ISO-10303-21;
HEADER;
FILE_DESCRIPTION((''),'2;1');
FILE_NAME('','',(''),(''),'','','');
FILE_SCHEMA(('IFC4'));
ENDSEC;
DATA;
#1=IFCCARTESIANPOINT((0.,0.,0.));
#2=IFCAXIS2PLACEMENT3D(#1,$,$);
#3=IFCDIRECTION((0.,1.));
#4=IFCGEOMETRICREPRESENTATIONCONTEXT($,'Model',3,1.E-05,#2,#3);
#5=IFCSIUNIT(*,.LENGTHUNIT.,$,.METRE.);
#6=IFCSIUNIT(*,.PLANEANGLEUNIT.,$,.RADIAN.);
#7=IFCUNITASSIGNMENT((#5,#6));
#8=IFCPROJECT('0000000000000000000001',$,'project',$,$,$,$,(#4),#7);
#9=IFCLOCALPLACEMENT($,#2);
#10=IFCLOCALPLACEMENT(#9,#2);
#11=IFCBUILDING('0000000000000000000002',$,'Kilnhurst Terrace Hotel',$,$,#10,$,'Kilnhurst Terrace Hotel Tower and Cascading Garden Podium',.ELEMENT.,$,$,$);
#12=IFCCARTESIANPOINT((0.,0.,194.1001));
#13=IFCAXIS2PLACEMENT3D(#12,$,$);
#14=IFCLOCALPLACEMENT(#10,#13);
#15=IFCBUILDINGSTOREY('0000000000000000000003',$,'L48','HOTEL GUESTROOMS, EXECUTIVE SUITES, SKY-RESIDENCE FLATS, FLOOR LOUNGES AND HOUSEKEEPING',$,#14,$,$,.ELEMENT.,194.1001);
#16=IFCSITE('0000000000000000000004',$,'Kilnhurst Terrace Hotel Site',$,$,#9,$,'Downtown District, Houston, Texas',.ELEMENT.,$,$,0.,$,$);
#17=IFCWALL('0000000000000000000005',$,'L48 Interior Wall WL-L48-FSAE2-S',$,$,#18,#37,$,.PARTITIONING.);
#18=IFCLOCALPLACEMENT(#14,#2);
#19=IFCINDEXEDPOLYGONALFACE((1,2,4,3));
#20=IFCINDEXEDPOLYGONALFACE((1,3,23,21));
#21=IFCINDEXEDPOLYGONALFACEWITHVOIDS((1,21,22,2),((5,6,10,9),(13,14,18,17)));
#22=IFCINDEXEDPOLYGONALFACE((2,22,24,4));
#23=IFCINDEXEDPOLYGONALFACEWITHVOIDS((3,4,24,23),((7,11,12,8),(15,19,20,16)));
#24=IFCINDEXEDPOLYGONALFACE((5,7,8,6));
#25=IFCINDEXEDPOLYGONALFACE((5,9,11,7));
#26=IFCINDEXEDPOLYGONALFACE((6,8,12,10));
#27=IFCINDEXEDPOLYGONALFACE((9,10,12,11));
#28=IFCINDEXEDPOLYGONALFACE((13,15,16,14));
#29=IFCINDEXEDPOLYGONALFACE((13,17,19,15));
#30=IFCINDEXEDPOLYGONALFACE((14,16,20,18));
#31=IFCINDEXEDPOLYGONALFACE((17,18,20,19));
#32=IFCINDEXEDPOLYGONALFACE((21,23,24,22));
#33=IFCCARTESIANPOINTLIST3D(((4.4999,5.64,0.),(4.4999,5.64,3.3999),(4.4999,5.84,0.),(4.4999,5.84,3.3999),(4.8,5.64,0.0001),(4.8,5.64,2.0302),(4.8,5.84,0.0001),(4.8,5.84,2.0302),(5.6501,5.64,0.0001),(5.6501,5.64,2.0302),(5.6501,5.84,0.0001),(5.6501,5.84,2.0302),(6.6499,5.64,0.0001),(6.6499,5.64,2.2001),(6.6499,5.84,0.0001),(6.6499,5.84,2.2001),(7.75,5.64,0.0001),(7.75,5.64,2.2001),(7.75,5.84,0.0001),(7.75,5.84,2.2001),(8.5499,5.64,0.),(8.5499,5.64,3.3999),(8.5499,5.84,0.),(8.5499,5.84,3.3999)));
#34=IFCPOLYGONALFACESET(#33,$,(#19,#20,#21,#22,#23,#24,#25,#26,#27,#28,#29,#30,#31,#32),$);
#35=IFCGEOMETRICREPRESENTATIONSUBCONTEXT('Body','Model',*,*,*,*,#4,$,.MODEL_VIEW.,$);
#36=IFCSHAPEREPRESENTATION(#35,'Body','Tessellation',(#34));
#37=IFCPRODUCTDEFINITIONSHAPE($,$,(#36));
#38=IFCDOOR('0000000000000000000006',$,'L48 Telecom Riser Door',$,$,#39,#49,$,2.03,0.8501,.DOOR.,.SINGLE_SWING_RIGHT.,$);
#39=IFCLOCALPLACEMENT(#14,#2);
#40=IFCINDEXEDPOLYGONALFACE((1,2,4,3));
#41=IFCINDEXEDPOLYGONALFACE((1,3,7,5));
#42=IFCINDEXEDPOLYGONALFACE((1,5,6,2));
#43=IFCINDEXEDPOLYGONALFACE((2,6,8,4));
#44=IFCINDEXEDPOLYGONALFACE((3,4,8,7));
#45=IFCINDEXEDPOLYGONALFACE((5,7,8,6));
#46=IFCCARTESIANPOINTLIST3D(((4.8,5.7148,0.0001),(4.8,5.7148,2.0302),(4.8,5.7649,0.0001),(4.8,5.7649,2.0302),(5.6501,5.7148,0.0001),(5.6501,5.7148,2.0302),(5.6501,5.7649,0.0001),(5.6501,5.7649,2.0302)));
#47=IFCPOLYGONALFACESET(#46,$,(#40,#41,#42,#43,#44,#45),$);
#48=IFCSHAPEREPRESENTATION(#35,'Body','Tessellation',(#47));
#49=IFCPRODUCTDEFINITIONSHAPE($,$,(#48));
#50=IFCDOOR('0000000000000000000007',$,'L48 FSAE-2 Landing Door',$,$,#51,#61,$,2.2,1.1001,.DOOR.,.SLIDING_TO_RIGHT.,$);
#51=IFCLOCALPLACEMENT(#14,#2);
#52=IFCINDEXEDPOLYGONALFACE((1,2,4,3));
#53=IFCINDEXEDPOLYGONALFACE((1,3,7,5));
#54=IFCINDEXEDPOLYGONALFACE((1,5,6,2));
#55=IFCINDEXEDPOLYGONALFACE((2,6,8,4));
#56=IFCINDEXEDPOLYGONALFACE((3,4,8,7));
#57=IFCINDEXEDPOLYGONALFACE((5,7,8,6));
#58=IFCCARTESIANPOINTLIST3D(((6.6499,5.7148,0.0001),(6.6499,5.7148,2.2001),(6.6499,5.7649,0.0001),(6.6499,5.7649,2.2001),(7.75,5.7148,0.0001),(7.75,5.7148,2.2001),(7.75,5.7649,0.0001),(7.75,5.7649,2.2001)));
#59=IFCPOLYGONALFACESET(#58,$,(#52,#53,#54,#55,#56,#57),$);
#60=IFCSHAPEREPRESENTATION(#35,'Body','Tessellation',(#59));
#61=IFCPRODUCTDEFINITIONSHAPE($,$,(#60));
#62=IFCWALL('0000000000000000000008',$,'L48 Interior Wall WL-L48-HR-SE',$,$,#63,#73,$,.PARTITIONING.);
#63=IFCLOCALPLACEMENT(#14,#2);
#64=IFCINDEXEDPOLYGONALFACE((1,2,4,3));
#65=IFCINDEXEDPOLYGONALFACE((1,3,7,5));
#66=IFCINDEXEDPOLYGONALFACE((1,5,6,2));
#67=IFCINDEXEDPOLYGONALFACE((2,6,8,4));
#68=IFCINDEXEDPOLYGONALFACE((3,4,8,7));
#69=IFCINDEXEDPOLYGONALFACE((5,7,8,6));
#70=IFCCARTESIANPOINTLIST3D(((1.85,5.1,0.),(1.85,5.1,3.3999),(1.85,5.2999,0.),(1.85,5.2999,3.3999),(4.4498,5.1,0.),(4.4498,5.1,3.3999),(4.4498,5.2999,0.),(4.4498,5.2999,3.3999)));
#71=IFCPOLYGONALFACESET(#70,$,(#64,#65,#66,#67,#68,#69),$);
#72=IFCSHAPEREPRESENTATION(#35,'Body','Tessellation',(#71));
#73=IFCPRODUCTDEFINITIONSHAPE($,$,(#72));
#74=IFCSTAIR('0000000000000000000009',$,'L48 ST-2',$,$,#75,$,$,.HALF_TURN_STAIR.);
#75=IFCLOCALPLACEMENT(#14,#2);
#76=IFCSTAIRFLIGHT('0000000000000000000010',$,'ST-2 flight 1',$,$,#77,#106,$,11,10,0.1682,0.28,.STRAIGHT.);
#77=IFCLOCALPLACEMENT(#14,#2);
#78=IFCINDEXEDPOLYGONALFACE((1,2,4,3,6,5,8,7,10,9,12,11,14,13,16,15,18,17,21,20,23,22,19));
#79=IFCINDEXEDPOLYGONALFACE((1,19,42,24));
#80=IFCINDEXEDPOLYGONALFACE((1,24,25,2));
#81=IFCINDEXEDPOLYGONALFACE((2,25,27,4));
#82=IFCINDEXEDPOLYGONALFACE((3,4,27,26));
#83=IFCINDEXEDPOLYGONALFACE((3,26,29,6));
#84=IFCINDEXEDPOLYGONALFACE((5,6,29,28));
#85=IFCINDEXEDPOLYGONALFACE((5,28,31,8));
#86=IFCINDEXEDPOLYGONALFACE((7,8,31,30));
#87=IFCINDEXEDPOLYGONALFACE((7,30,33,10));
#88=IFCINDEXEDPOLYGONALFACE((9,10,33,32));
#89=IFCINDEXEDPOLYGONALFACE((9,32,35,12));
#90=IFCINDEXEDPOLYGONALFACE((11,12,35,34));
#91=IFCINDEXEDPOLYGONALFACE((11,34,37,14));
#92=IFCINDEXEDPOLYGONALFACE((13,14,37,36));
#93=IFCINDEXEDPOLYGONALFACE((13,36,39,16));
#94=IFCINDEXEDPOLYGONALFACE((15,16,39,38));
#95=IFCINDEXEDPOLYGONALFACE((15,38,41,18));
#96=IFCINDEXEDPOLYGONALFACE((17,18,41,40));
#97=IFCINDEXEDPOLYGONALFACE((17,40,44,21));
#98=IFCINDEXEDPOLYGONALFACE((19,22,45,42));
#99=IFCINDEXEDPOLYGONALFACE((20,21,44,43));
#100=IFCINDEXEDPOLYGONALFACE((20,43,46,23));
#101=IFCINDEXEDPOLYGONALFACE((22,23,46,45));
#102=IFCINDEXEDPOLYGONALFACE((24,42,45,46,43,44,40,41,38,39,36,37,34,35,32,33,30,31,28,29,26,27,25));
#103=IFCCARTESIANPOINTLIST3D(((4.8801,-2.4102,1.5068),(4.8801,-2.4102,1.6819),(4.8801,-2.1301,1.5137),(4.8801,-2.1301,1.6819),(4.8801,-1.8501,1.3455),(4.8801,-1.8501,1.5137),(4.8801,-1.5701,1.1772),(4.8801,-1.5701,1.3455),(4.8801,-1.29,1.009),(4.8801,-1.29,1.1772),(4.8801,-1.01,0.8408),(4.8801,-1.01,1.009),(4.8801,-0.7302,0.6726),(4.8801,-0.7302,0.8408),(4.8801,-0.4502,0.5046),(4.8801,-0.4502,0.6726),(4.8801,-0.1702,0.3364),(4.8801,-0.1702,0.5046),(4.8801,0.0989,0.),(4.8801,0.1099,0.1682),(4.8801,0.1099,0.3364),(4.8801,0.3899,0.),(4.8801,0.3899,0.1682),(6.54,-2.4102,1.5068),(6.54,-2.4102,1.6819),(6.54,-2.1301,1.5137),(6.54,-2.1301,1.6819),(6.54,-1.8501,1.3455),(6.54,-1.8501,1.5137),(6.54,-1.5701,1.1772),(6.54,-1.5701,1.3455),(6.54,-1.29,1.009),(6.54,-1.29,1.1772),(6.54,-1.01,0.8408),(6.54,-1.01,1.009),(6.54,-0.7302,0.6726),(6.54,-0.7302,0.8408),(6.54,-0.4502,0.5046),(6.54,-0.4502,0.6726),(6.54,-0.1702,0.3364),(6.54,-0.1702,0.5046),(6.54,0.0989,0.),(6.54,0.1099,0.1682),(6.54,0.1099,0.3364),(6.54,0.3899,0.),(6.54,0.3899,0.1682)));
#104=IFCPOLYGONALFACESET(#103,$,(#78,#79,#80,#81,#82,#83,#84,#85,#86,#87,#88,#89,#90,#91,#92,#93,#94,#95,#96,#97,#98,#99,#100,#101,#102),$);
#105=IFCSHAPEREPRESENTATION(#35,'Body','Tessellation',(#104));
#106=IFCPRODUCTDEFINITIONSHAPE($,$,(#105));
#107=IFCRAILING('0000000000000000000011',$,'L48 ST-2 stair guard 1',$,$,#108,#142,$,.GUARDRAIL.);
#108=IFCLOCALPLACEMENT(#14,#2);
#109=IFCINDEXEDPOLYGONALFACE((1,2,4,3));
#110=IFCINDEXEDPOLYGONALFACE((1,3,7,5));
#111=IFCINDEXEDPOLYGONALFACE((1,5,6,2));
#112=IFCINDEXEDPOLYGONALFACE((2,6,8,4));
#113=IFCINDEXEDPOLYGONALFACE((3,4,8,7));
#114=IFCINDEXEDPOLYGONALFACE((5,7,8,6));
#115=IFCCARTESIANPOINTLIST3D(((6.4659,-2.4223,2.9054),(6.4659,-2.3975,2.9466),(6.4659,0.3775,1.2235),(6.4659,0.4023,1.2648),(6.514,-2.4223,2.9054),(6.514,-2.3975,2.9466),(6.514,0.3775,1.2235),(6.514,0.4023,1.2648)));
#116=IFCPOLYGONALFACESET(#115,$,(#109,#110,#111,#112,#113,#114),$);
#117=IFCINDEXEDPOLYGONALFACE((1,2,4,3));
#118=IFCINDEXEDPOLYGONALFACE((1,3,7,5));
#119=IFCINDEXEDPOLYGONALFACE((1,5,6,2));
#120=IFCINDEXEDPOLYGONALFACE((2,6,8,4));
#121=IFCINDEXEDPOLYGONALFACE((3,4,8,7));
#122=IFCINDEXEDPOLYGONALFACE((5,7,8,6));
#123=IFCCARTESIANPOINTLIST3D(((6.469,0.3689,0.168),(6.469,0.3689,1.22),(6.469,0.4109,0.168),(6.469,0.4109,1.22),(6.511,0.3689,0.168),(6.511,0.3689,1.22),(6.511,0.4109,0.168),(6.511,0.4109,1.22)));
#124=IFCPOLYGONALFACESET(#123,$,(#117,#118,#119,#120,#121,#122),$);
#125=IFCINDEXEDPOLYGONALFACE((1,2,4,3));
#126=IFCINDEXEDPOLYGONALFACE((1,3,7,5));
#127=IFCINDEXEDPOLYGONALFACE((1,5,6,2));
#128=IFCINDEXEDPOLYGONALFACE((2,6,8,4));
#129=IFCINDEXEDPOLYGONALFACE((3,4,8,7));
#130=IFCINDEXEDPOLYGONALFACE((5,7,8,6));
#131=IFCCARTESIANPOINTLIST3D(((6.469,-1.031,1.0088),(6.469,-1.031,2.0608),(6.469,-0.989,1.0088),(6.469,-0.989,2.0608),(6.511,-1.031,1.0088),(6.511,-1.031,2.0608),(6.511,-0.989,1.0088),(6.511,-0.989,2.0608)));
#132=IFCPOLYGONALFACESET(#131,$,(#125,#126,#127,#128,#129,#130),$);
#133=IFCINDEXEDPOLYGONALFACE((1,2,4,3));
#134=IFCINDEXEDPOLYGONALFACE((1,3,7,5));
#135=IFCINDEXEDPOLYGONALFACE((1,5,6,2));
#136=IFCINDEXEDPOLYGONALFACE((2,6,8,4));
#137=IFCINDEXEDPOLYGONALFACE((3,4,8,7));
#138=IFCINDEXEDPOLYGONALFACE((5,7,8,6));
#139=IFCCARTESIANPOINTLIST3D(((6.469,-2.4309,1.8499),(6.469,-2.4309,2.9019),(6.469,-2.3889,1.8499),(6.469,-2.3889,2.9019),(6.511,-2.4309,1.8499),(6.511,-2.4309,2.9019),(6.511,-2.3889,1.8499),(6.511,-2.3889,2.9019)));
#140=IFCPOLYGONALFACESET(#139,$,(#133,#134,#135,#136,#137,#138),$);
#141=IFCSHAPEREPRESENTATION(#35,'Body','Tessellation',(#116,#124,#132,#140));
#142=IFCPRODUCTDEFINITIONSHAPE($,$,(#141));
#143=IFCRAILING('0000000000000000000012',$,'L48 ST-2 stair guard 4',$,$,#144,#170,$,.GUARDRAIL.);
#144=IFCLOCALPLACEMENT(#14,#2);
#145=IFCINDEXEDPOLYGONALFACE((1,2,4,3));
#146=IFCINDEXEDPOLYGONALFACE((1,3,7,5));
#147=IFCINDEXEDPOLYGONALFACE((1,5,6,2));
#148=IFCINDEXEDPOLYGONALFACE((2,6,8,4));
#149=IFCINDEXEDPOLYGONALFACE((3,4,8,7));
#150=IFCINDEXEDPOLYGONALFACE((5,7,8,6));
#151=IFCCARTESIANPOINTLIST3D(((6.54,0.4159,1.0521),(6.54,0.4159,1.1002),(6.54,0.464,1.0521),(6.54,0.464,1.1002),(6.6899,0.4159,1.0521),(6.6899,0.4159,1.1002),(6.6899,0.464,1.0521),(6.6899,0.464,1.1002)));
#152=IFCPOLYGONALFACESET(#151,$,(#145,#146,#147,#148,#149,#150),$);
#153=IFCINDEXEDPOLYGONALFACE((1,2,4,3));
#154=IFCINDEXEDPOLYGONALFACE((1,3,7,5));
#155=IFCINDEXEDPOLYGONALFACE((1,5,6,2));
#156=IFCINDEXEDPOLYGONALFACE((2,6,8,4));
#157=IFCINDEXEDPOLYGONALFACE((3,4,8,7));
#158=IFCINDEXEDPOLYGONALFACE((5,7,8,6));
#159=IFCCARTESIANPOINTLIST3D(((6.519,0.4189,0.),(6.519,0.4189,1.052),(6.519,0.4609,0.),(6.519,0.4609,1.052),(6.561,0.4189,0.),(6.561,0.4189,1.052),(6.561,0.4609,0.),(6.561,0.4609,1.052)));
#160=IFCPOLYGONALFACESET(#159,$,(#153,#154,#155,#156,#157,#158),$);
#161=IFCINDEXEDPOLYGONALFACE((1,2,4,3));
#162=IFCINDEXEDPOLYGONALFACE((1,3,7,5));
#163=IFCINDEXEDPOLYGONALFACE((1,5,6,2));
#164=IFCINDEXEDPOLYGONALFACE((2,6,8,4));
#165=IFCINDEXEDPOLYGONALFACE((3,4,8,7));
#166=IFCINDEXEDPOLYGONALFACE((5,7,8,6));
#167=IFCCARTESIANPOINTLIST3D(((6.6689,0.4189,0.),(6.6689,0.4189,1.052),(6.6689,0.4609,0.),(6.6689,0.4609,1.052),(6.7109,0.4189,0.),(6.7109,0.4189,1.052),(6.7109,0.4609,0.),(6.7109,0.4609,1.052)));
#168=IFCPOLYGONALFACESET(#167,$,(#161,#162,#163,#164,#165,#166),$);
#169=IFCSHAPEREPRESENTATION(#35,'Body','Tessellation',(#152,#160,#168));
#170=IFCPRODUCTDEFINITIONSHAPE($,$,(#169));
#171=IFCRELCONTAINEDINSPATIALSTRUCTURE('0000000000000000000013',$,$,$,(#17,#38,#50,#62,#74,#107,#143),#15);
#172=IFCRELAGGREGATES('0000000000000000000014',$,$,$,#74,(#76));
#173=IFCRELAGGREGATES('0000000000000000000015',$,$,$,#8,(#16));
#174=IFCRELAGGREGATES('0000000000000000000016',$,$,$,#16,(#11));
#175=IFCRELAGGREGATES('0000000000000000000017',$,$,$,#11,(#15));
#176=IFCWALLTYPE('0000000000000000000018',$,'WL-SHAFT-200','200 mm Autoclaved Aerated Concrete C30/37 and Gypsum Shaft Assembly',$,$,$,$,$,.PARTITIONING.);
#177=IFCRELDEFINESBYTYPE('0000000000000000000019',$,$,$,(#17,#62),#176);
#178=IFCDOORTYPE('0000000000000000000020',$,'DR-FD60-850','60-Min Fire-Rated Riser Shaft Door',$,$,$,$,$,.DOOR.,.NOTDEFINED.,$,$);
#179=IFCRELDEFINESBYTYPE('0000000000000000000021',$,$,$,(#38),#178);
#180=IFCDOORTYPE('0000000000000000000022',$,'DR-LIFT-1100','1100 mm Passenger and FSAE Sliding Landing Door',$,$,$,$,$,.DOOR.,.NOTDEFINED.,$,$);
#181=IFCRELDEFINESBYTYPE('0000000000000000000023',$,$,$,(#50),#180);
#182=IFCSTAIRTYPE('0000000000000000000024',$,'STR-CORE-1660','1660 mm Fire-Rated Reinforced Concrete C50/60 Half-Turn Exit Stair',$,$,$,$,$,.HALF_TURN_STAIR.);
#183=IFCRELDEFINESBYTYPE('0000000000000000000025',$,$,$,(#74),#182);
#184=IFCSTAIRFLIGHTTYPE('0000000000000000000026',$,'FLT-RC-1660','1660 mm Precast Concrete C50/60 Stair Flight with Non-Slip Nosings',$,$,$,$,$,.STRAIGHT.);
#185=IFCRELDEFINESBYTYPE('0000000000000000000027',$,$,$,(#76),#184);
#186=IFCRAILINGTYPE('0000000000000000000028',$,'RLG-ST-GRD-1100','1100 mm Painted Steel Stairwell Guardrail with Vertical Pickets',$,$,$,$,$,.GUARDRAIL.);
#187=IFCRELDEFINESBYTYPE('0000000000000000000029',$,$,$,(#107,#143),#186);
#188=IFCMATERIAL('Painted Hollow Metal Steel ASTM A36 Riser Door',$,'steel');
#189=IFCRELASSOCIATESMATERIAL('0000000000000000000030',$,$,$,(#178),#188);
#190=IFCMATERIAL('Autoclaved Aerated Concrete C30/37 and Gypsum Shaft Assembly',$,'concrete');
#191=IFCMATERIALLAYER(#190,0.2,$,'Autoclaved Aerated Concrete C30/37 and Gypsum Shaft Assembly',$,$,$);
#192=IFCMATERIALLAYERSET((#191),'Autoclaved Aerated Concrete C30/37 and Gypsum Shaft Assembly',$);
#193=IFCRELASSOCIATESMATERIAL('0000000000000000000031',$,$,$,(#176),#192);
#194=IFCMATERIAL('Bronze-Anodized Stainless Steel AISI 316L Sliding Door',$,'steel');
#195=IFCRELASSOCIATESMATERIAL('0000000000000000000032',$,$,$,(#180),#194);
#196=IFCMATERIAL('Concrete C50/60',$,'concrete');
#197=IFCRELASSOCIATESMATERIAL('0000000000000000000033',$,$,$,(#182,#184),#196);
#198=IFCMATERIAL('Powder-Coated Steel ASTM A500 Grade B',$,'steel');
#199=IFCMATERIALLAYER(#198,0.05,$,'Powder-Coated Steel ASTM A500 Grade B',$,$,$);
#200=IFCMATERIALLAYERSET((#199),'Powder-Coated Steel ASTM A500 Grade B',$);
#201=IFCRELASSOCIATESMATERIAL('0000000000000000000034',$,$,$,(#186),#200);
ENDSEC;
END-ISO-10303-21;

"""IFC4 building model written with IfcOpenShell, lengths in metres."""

from ifc_helpers import new_model, si_unit, direction, frame, frame_2d, origin, origin_2d, place, context, subcontext, project, spatial, polyline, rectangle, outline, extrude, material, layer, layer_set, type_object, element, fill, aggregate, save


model = new_model("IFC4")

# Units and contexts
model_context = context("Model", 3, precision=1e-05, world=origin(), true_north=direction((0.0, 1.0)))
body_context = subcontext(model_context, "Body", "Model", "MODEL_VIEW")
ifc_project = project(units=[si_unit("LENGTHUNIT", "METRE"), si_unit("PLANEANGLEUNIT", "RADIAN")], contexts=[model_context])

# Site, building, storey
site_placement = place(None, origin())
site = spatial("IfcSite", under=ifc_project, at=site_placement, Name="Kilnhurst Terrace Hotel Site", LongName="Downtown District, Houston, Texas", CompositionType="ELEMENT", RefElevation=0.0)
building_placement = place(site_placement, origin())
building = spatial("IfcBuilding", under=site, at=building_placement, Name="Kilnhurst Terrace Hotel", LongName="Kilnhurst Terrace Hotel Tower and Cascading Garden Podium", CompositionType="ELEMENT")
storey_placement = place(building_placement, frame((0.0, 0.0, 194.1001)))
storey = spatial("IfcBuildingStorey", under=building, at=storey_placement, Name="L48", Description="HOTEL GUESTROOMS, EXECUTIVE SUITES, SKY-RESIDENCE FLATS, FLOOR LOUNGES AND HOUSEKEEPING", CompositionType="ELEMENT", Elevation=194.1001)

# Shared definitions
ifc_material_1 = material(Name="Painted Hollow Metal Steel ASTM A36 Riser Door", Category="steel")
door_type_1 = type_object("IfcDoorType", Name="DR-FD60-850", Description="60-Min Fire-Rated Riser Shaft Door", OperationType="NOTDEFINED", PredefinedType="DOOR", material=ifc_material_1)

# Wall, openings, doors
ifc_material_2 = material(Name="Autoclaved Aerated Concrete C30/37 and Gypsum Shaft Assembly", Category="concrete")
ifc_layer_1 = layer(ifc_material_2, 0.2, Name="Autoclaved Aerated Concrete C30/37 and Gypsum Shaft Assembly")
ifc_layer_set_1 = layer_set([ifc_layer_1], Name="Autoclaved Aerated Concrete C30/37 and Gypsum Shaft Assembly")
wall_type_1 = type_object("IfcWallType", Name="WL-SHAFT-200", Description="200 mm Autoclaved Aerated Concrete C30/37 and Gypsum Shaft Assembly", PredefinedType="PARTITIONING", material=ifc_layer_set_1)
wall_1_placement = place(storey_placement, frame((4.5, 5.74, 0.0), z_axis=(0.0, 0.0, 1.0), x_axis=(1.0, 0.0, 0.0)))
wall_1 = element("IfcWall", 1, at=wall_1_placement, inside=storey, type_object=wall_type_1, Name="L48 Interior Wall WL-L48-FSAE2-S", PredefinedType="PARTITIONING", context=body_context, shape_type="SweptSolid", body=[
    extrude(rectangle(XDim=4.05, YDim=0.2, at=frame_2d((2.0249, 0.0))), origin(), (0.0, 0.0, 1.0), 3.3999),
])
opening_1_placement = place(wall_1_placement, frame((0.3, 0.0, 0.0)))
opening_1 = element("IfcOpeningElement", 2, at=opening_1_placement, cuts=wall_1, PredefinedType="OPENING", context=body_context, shape_type="SweptSolid", body=[
    extrude(rectangle(XDim=0.8501, YDim=2.03, at=frame_2d((0.425, 1.0151))), frame((0.0, 0.1099, 0.0), z_axis=(0.0, -1.0, 0.0), x_axis=(1.0, 0.0, 0.0)), (0.0, 0.0, 1.0), 0.22),
])
opening_2_placement = place(wall_1_placement, frame((2.1499, 0.0, 0.0)))
opening_2 = element("IfcOpeningElement", 3, at=opening_2_placement, cuts=wall_1, PredefinedType="OPENING", context=body_context, shape_type="SweptSolid", body=[
    extrude(rectangle(XDim=1.1001, YDim=2.2, at=frame_2d((0.55, 1.1001))), frame((0.0, 0.1099, 0.0), z_axis=(0.0, -1.0, 0.0), x_axis=(1.0, 0.0, 0.0)), (0.0, 0.0, 1.0), 0.22),
])
door_1_placement = place(opening_1_placement, origin())
door_1 = element("IfcDoor", 4, at=door_1_placement, inside=storey, type_object=door_type_1, Name="L48 Telecom Riser Door", OperationType="SINGLE_SWING_RIGHT", OverallHeight=2.03, OverallWidth=0.8501, PredefinedType="DOOR", context=body_context, shape_type="SweptSolid", body=[
    extrude(rectangle(XDim=0.8501, YDim=2.03, at=frame_2d((0.425, 1.0151))), frame((0.0, 0.0249, 0.0), z_axis=(0.0, -1.0, 0.0), x_axis=(1.0, 0.0, 0.0)), (0.0, 0.0, 1.0), 0.05),
])
fill(opening_1, door_1)
ifc_material_3 = material(Name="Bronze-Anodized Stainless Steel AISI 316L Sliding Door", Category="steel")
door_type_2 = type_object("IfcDoorType", Name="DR-LIFT-1100", Description="1100 mm Passenger and FSAE Sliding Landing Door", OperationType="NOTDEFINED", PredefinedType="DOOR", material=ifc_material_3)
door_2_placement = place(opening_2_placement, origin())
door_2 = element("IfcDoor", 5, at=door_2_placement, inside=storey, type_object=door_type_2, Name="L48 FSAE-2 Landing Door", OperationType="SLIDING_TO_RIGHT", OverallHeight=2.2, OverallWidth=1.1001, PredefinedType="DOOR", context=body_context, shape_type="SweptSolid", body=[
    extrude(rectangle(XDim=1.1001, YDim=2.2, at=frame_2d((0.55, 1.1001))), frame((0.0, 0.0249, 0.0), z_axis=(0.0, -1.0, 0.0), x_axis=(1.0, 0.0, 0.0)), (0.0, 0.0, 1.0), 0.05),
])
fill(opening_2, door_2)

# Wall
wall_2_placement = place(storey_placement, frame((1.8501, 5.2, 0.0), z_axis=(0.0, 0.0, 1.0), x_axis=(1.0, 0.0, 0.0)))
element("IfcWall", 6, at=wall_2_placement, inside=storey, type_object=wall_type_1, Name="L48 Interior Wall WL-L48-HR-SE", PredefinedType="PARTITIONING", context=body_context, shape_type="SweptSolid", body=[
    extrude(rectangle(XDim=2.5999, YDim=0.2, at=frame_2d((1.2998, 0.0))), origin(), (0.0, 0.0, 1.0), 3.3999),
])

# Shared definitions
ifc_material_4 = material(Name="Concrete C50/60", Category="concrete")

# Stair, stair flight
stair_type = type_object("IfcStairType", Name="STR-CORE-1660", Description="1660 mm Fire-Rated Reinforced Concrete C50/60 Half-Turn Exit Stair", PredefinedType="HALF_TURN_STAIR", material=ifc_material_4)
stair_placement = place(storey_placement, origin())
stair = element("IfcStair", 7, at=stair_placement, inside=storey, type_object=stair_type, Name="L48 ST-2", PredefinedType="HALF_TURN_STAIR")
stair_flight_type = type_object("IfcStairFlightType", Name="FLT-RC-1660", Description="1660 mm Precast Concrete C50/60 Stair Flight with Non-Slip Nosings", PredefinedType="STRAIGHT", material=ifc_material_4)
stair_flight_placement = place(storey_placement, frame((5.71, 0.3899, 0.0), z_axis=(0.0, 0.0, 1.0), x_axis=(0.0, -1.0, 0.0)))
stair_flight = element("IfcStairFlight", 8, at=stair_flight_placement, type_object=stair_flight_type, Name="ST-2 flight 1", NumberOfRisers=11, NumberOfTreads=10, PredefinedType="STRAIGHT", RiserHeight=0.1682, TreadLength=0.28, context=body_context, shape_type="SweptSolid", body=[
    extrude(outline(polyline([(0.0, 0.0), (0.0, 0.1682), (0.28, 0.1682), (0.28, 0.3364), (0.5601, 0.3364), (0.5601, 0.5046), (0.8401, 0.5046), (0.8401, 0.6726), (1.1201, 0.6726), (1.1201, 0.8408), (1.3999, 0.8408), (1.3999, 1.009), (1.6799, 1.009), (1.6799, 1.1772), (1.96, 1.1772), (1.96, 1.3455), (2.24, 1.3455), (2.24, 1.5137), (2.52, 1.5137), (2.52, 1.6819), (2.8, 1.6819), (2.8, 1.8501), (2.8, 1.5068), (0.291, 0.0), (0.0, 0.0)])), frame((0.0, 0.8301, 0.0), z_axis=(0.0, -1.0, 0.0), x_axis=(1.0, 0.0, 0.0)), (0.0, 0.0, 1.0), 1.6599),
])
aggregate(stair, [stair_flight])

# Railings
ifc_material_5 = material(Name="Powder-Coated Steel ASTM A500 Grade B", Category="steel")
ifc_layer_2 = layer(ifc_material_5, 0.05, Name="Powder-Coated Steel ASTM A500 Grade B")
ifc_layer_set_2 = layer_set([ifc_layer_2], Name="Powder-Coated Steel ASTM A500 Grade B")
railing_type_1 = type_object("IfcRailingType", Name="RLG-ST-GRD-1100", Description="1100 mm Painted Steel Stairwell Guardrail with Vertical Pickets", PredefinedType="GUARDRAIL", material=ifc_layer_set_2)
railing_1_placement = place(storey_placement, frame((6.49, 0.3899, 0.168)))
element("IfcRailing", 9, at=railing_1_placement, inside=storey, type_object=railing_type_1, Name="L48 ST-2 stair guard 1", PredefinedType="GUARDRAIL", context=body_context, shape_type="SweptSolid", body=[
    extrude(rectangle(XDim=0.0481, YDim=0.0481, at=origin_2d()), frame((0.0, 0.0, 1.0762), z_axis=(0.0, -0.857222, 0.514946), x_axis=(1.0, 0.0, 0.0)), (0.0, 0.0, 1.0), 3.2661),
    extrude(rectangle(XDim=0.042, YDim=0.042, at=origin_2d()), origin(), (0.0, 0.0, 1.0), 1.052),
    extrude(rectangle(XDim=0.042, YDim=0.042, at=origin_2d()), frame((0.0, -1.3999, 0.8408)), (0.0, 0.0, 1.0), 1.052),
    extrude(rectangle(XDim=0.042, YDim=0.042, at=origin_2d()), frame((0.0, -2.7998, 1.6819)), (0.0, 0.0, 1.0), 1.052),
])
railing_2_placement = place(storey_placement, frame((6.54, 0.4399, 0.0)))
element("IfcRailing", 10, at=railing_2_placement, inside=storey, type_object=railing_type_1, Name="L48 ST-2 stair guard 4", PredefinedType="GUARDRAIL", context=body_context, shape_type="SweptSolid", body=[
    extrude(rectangle(XDim=0.0481, YDim=0.0481, at=origin_2d()), frame((0.0, 0.0, 1.0762), z_axis=(1.0, 0.0, 0.0), x_axis=(0.0, 1.0, 0.0)), (0.0, 0.0, 1.0), 0.1499),
    extrude(rectangle(XDim=0.042, YDim=0.042, at=origin_2d()), origin(), (0.0, 0.0, 1.0), 1.052),
    extrude(rectangle(XDim=0.042, YDim=0.042, at=origin_2d()), frame((0.1499, 0.0, 0.0)), (0.0, 0.0, 1.0), 1.052),
])

save(model, "model.ifc")
